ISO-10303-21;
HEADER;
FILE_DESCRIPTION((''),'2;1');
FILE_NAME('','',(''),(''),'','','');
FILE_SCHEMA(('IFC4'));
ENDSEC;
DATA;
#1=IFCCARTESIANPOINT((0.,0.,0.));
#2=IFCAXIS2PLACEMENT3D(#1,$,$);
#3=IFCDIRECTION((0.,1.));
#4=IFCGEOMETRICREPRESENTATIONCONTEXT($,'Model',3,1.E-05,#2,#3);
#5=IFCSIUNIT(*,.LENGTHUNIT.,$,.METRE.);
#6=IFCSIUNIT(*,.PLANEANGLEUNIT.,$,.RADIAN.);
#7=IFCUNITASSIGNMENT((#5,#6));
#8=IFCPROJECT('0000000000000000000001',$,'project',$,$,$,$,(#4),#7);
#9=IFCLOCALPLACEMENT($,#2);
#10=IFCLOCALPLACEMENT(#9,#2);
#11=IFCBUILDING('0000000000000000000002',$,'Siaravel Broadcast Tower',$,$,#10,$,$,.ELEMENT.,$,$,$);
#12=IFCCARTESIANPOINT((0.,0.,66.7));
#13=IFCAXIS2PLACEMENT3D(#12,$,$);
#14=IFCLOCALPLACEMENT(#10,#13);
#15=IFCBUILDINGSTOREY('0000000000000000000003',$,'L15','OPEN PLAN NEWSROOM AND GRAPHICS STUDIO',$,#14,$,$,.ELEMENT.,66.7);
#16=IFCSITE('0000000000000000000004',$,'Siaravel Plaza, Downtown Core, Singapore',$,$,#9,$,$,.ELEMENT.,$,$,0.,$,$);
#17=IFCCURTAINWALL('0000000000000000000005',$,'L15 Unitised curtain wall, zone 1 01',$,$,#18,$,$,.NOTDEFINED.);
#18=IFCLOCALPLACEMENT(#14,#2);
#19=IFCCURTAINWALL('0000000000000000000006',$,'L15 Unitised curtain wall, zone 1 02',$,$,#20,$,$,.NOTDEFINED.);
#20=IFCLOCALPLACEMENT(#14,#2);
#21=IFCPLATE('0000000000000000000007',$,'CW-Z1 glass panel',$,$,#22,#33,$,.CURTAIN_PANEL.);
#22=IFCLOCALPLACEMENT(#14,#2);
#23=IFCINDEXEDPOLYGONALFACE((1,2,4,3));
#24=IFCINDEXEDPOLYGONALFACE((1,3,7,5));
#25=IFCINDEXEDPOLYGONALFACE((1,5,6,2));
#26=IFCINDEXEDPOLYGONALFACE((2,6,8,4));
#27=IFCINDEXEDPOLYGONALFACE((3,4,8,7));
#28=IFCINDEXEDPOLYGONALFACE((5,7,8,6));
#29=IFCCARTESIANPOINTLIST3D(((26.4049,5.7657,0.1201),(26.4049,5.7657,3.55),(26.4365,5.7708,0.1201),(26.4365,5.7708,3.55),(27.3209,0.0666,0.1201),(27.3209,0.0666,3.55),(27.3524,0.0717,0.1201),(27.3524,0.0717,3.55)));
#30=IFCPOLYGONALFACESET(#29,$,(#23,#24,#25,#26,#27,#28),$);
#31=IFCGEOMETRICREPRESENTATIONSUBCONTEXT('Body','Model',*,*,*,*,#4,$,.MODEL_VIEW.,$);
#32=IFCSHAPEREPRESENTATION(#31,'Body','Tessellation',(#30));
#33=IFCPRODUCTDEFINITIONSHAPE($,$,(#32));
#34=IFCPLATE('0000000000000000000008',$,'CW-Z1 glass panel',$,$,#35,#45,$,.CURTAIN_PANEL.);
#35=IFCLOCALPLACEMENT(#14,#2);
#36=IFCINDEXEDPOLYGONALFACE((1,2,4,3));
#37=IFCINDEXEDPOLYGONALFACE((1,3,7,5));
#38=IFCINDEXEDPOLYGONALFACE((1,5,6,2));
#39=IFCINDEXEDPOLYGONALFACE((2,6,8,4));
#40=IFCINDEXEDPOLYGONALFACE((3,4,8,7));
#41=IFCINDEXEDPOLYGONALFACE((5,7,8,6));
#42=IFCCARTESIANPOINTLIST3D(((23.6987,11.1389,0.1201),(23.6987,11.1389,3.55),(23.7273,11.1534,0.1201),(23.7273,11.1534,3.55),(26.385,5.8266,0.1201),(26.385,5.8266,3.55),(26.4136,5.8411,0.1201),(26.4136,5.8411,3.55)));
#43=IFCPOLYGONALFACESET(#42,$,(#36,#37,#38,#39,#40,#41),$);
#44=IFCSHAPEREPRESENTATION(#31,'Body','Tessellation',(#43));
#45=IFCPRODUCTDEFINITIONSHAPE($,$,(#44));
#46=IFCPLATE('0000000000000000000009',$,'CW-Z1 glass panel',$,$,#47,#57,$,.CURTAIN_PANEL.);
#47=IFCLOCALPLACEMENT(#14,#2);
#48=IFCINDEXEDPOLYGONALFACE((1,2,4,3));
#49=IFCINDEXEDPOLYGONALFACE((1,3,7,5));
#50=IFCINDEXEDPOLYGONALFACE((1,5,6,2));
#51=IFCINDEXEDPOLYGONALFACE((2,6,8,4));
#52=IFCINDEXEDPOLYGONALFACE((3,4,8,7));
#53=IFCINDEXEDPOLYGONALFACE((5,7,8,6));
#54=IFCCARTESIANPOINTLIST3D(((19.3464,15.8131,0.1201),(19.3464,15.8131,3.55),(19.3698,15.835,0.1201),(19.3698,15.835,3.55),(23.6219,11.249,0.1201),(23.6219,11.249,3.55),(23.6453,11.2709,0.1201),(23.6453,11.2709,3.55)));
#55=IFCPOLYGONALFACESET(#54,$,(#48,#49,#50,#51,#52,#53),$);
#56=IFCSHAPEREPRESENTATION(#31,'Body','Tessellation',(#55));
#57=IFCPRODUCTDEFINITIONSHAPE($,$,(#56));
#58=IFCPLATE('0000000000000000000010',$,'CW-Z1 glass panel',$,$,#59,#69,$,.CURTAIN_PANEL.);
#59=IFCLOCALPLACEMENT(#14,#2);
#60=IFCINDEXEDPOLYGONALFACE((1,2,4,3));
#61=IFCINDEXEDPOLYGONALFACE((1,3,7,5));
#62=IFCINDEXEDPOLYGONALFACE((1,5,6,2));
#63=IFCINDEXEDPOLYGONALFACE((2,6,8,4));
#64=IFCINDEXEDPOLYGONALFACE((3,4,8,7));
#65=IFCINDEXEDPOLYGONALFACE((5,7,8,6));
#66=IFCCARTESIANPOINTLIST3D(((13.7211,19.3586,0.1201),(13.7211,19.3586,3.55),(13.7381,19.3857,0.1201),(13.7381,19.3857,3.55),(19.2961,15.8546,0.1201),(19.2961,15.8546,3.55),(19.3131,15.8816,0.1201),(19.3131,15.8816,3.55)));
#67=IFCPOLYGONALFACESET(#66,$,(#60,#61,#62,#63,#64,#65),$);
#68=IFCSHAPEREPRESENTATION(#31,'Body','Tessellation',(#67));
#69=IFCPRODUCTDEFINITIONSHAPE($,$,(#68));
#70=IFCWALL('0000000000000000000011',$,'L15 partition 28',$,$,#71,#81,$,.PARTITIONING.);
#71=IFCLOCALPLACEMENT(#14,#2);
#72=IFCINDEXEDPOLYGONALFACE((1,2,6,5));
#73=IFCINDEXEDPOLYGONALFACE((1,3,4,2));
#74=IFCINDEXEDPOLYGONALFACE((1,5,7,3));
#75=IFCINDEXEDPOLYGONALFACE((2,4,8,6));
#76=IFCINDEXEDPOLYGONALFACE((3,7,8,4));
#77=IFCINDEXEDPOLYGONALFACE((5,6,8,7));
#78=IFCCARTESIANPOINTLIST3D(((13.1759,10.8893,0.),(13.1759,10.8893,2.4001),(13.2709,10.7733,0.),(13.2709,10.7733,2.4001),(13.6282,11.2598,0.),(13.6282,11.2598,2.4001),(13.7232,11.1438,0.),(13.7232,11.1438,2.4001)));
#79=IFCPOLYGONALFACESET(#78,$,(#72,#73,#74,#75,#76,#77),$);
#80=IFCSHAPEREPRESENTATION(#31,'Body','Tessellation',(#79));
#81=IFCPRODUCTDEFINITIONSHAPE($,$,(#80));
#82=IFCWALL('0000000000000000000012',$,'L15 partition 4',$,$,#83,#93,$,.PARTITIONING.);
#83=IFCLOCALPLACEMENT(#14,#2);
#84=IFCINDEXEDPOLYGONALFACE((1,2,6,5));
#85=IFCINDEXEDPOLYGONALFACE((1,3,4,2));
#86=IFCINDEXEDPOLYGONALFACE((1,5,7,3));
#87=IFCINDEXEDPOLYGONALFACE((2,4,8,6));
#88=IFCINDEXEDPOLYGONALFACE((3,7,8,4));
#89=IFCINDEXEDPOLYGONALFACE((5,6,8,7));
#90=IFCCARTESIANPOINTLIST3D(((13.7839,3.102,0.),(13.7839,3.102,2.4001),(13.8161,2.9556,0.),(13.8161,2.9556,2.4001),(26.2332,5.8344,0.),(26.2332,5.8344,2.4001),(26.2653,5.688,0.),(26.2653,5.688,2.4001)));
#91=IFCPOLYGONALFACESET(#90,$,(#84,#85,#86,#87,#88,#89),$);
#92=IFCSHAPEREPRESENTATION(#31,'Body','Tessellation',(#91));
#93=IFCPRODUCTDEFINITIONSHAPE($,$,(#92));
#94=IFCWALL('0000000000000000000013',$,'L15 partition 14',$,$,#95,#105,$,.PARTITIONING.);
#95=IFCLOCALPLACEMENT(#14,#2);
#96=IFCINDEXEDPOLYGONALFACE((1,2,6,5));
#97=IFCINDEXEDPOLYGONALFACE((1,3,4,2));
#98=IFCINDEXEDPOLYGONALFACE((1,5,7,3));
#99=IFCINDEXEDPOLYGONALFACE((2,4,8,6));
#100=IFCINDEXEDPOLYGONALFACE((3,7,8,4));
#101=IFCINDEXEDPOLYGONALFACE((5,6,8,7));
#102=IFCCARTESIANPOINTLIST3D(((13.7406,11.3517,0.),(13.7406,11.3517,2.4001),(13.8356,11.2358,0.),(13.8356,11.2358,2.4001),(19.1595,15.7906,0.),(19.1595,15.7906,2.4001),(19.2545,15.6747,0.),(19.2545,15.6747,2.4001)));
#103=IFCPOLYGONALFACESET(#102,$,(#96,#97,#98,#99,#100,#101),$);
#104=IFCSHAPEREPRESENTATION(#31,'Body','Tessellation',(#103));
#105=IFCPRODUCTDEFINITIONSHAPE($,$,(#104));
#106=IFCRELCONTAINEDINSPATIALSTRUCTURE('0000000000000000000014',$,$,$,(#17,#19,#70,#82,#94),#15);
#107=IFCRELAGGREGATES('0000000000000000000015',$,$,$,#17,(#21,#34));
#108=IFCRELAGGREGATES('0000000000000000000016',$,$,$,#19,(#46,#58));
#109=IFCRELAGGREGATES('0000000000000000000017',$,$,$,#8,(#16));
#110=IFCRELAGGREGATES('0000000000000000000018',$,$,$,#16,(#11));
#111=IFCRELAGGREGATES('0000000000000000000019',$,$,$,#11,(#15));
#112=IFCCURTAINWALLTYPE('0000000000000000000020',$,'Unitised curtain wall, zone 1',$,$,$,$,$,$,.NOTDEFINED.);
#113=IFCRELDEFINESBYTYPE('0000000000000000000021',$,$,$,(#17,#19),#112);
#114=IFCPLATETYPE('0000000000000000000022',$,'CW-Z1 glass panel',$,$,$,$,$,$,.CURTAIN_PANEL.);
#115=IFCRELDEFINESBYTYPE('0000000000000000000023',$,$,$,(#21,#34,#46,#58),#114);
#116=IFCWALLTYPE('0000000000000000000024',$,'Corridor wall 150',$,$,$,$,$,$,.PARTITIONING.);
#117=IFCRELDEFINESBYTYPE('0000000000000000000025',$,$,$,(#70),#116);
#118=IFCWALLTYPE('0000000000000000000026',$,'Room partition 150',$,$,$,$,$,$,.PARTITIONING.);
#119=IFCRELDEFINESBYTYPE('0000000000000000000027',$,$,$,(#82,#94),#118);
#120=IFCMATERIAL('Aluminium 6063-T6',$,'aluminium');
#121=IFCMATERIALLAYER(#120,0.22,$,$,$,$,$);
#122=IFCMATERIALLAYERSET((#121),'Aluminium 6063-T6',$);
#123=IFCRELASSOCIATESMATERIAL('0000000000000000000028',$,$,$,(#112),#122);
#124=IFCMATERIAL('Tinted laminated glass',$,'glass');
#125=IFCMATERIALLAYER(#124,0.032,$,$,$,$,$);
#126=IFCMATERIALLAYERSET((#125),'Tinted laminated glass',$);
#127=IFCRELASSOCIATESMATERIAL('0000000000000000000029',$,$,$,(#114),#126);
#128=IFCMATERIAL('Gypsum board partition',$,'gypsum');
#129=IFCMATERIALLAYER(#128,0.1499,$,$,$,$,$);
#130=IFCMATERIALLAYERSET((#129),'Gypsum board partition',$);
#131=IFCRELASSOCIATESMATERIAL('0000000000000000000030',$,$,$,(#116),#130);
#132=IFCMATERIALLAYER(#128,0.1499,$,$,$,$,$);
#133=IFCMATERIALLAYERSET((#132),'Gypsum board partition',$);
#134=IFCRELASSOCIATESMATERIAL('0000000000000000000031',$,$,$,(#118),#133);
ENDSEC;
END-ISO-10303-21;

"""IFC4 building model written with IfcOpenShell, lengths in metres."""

from ifc_helpers import new_model, si_unit, direction, frame, frame_2d, origin, origin_2d, place, context, subcontext, project, spatial, rectangle, extrude, material, layer, layer_set, type_object, element, aggregate, save


model = new_model("IFC4")

# Units and contexts
model_context = context("Model", 3, precision=1e-05, world=origin(), true_north=direction((0.0, 1.0)))
body_context = subcontext(model_context, "Body", "Model", "MODEL_VIEW")
ifc_project = project(units=[si_unit("LENGTHUNIT", "METRE"), si_unit("PLANEANGLEUNIT", "RADIAN")], contexts=[model_context])

# Site, building, storey
site_placement = place(None, origin())
site = spatial("IfcSite", under=ifc_project, at=site_placement, Name="Siaravel Plaza, Downtown Core, Singapore", CompositionType="ELEMENT", RefElevation=0.0)
building_placement = place(site_placement, origin())
building = spatial("IfcBuilding", under=site, at=building_placement, Name="Siaravel Broadcast Tower", CompositionType="ELEMENT")
storey_placement = place(building_placement, frame((0.0, 0.0, 66.7)))
storey = spatial("IfcBuildingStorey", under=building, at=storey_placement, Name="L15", Description="OPEN PLAN NEWSROOM AND GRAPHICS STUDIO", CompositionType="ELEMENT", Elevation=66.7)

# Curtain walls
ifc_material_1 = material(Name="Aluminium 6063-T6", Category="aluminium")
ifc_layer_1 = layer(ifc_material_1, 0.22)
ifc_layer_set_1 = layer_set([ifc_layer_1], Name="Aluminium 6063-T6")
curtain_wall_type = type_object("IfcCurtainWallType", Name="Unitised curtain wall, zone 1", PredefinedType="NOTDEFINED", material=ifc_layer_set_1)
curtain_wall_1_placement = place(storey_placement, origin())
curtain_wall_1 = element("IfcCurtainWall", 1, at=curtain_wall_1_placement, inside=storey, type_object=curtain_wall_type, Name="L15 Unitised curtain wall, zone 1 01", PredefinedType="NOTDEFINED")
curtain_wall_2_placement = place(storey_placement, origin())
curtain_wall_2 = element("IfcCurtainWall", 2, at=curtain_wall_2_placement, inside=storey, type_object=curtain_wall_type, Name="L15 Unitised curtain wall, zone 1 02", PredefinedType="NOTDEFINED")

# Plates
ifc_material_2 = material(Name="Tinted laminated glass", Category="glass")
ifc_layer_2 = layer(ifc_material_2, 0.032)
ifc_layer_set_2 = layer_set([ifc_layer_2], Name="Tinted laminated glass")
plate_type = type_object("IfcPlateType", Name="CW-Z1 glass panel", PredefinedType="CURTAIN_PANEL", material=ifc_layer_set_2)
plate_1_placement = place(storey_placement, frame((26.8787, 2.9187, 0.1201), z_axis=(0.0, 0.0, 1.0), x_axis=(-0.158686, 0.987329, 0.0)))
plate_1 = element("IfcPlate", 3, at=plate_1_placement, type_object=plate_type, Name="CW-Z1 glass panel", PredefinedType="CURTAIN_PANEL", context=body_context, shape_type="SweptSolid", body=[
    extrude(rectangle(XDim=5.7722, YDim=0.032, at=origin_2d()), origin(), (0.0, 0.0, 1.0), 3.4299),
])
plate_2_placement = place(storey_placement, frame((25.0562, 8.49, 0.1201), z_axis=(0.0, 0.0, 1.0), x_axis=(-0.451262, 0.892391, 0.0)))
plate_2 = element("IfcPlate", 4, at=plate_2_placement, type_object=plate_type, Name="CW-Z1 glass panel", PredefinedType="CURTAIN_PANEL", context=body_context, shape_type="SweptSolid", body=[
    extrude(rectangle(XDim=5.9529, YDim=0.032, at=origin_2d()), origin(), (0.0, 0.0, 1.0), 3.4299),
])
aggregate(curtain_wall_1, [plate_1, plate_2])
plate_3_placement = place(storey_placement, frame((21.4958, 13.542, 0.1201), z_axis=(0.0, 0.0, 1.0), x_axis=(-0.683657, 0.729804, 0.0)))
plate_3 = element("IfcPlate", 5, at=plate_3_placement, type_object=plate_type, Name="CW-Z1 glass panel", PredefinedType="CURTAIN_PANEL", context=body_context, shape_type="SweptSolid", body=[
    extrude(rectangle(XDim=6.2539, YDim=0.032, at=origin_2d()), origin(), (0.0, 0.0, 1.0), 3.4299),
])
plate_4_placement = place(storey_placement, frame((16.5171, 17.6201, 0.1201), z_axis=(0.0, 0.0, 1.0), x_axis=(-0.846651, 0.532148, 0.0)))
plate_4 = element("IfcPlate", 6, at=plate_4_placement, type_object=plate_type, Name="CW-Z1 glass panel", PredefinedType="CURTAIN_PANEL", context=body_context, shape_type="SweptSolid", body=[
    extrude(rectangle(XDim=6.5847, YDim=0.032, at=origin_2d()), origin(), (0.0, 0.0, 1.0), 3.4299),
])
aggregate(curtain_wall_2, [plate_3, plate_4])

# Shared definitions
ifc_material_3 = material(Name="Gypsum board partition", Category="gypsum")
ifc_layer_3 = layer(ifc_material_3, 0.1499)
ifc_layer_set_3 = layer_set([ifc_layer_3], Name="Gypsum board partition")
wall_type_1 = type_object("IfcWallType", Name="Corridor wall 150", PredefinedType="PARTITIONING", material=ifc_layer_set_3)

# Walls
wall_1_placement = place(storey_placement, frame((13.6758, 11.2019, 0.0), z_axis=(0.0, 0.0, 1.0), x_axis=(-0.773567, -0.633715, 0.0)))
element("IfcWall", 7, at=wall_1_placement, inside=storey, type_object=wall_type_1, Name="L15 partition 28", PredefinedType="PARTITIONING", context=body_context, shape_type="SweptSolid", body=[
    extrude(rectangle(XDim=0.5847, YDim=0.1499, at=frame_2d((0.2925, 0.0))), origin(), (0.0, 0.0, 1.0), 2.4001),
])
ifc_layer_4 = layer(ifc_material_3, 0.1499)
ifc_layer_set_4 = layer_set([ifc_layer_4], Name="Gypsum board partition")
wall_type_2 = type_object("IfcWallType", Name="Room partition 150", PredefinedType="PARTITIONING", material=ifc_layer_set_4)
wall_2_placement = place(storey_placement, frame((26.2493, 5.7612, 0.0), z_axis=(0.0, 0.0, 1.0), x_axis=(-0.97675, -0.214382, 0.0)))
element("IfcWall", 8, at=wall_2_placement, inside=storey, type_object=wall_type_2, Name="L15 partition 4", PredefinedType="PARTITIONING", context=body_context, shape_type="SweptSolid", body=[
    extrude(rectangle(XDim=12.7456, YDim=0.1499, at=frame_2d((6.3728, 0.0))), origin(), (0.0, 0.0, 1.0), 2.4001),
])
wall_3_placement = place(storey_placement, frame((19.207, 15.7327, 0.0), z_axis=(0.0, 0.0, 1.0), x_axis=(-0.773588, -0.633689, 0.0)))
element("IfcWall", 9, at=wall_3_placement, inside=storey, type_object=wall_type_2, Name="L15 partition 14", PredefinedType="PARTITIONING", context=body_context, shape_type="SweptSolid", body=[
    extrude(rectangle(XDim=7.0049, YDim=0.1499, at=frame_2d((3.5024, 0.0))), origin(), (0.0, 0.0, 1.0), 2.4001),
])

save(model, "model.ifc")
